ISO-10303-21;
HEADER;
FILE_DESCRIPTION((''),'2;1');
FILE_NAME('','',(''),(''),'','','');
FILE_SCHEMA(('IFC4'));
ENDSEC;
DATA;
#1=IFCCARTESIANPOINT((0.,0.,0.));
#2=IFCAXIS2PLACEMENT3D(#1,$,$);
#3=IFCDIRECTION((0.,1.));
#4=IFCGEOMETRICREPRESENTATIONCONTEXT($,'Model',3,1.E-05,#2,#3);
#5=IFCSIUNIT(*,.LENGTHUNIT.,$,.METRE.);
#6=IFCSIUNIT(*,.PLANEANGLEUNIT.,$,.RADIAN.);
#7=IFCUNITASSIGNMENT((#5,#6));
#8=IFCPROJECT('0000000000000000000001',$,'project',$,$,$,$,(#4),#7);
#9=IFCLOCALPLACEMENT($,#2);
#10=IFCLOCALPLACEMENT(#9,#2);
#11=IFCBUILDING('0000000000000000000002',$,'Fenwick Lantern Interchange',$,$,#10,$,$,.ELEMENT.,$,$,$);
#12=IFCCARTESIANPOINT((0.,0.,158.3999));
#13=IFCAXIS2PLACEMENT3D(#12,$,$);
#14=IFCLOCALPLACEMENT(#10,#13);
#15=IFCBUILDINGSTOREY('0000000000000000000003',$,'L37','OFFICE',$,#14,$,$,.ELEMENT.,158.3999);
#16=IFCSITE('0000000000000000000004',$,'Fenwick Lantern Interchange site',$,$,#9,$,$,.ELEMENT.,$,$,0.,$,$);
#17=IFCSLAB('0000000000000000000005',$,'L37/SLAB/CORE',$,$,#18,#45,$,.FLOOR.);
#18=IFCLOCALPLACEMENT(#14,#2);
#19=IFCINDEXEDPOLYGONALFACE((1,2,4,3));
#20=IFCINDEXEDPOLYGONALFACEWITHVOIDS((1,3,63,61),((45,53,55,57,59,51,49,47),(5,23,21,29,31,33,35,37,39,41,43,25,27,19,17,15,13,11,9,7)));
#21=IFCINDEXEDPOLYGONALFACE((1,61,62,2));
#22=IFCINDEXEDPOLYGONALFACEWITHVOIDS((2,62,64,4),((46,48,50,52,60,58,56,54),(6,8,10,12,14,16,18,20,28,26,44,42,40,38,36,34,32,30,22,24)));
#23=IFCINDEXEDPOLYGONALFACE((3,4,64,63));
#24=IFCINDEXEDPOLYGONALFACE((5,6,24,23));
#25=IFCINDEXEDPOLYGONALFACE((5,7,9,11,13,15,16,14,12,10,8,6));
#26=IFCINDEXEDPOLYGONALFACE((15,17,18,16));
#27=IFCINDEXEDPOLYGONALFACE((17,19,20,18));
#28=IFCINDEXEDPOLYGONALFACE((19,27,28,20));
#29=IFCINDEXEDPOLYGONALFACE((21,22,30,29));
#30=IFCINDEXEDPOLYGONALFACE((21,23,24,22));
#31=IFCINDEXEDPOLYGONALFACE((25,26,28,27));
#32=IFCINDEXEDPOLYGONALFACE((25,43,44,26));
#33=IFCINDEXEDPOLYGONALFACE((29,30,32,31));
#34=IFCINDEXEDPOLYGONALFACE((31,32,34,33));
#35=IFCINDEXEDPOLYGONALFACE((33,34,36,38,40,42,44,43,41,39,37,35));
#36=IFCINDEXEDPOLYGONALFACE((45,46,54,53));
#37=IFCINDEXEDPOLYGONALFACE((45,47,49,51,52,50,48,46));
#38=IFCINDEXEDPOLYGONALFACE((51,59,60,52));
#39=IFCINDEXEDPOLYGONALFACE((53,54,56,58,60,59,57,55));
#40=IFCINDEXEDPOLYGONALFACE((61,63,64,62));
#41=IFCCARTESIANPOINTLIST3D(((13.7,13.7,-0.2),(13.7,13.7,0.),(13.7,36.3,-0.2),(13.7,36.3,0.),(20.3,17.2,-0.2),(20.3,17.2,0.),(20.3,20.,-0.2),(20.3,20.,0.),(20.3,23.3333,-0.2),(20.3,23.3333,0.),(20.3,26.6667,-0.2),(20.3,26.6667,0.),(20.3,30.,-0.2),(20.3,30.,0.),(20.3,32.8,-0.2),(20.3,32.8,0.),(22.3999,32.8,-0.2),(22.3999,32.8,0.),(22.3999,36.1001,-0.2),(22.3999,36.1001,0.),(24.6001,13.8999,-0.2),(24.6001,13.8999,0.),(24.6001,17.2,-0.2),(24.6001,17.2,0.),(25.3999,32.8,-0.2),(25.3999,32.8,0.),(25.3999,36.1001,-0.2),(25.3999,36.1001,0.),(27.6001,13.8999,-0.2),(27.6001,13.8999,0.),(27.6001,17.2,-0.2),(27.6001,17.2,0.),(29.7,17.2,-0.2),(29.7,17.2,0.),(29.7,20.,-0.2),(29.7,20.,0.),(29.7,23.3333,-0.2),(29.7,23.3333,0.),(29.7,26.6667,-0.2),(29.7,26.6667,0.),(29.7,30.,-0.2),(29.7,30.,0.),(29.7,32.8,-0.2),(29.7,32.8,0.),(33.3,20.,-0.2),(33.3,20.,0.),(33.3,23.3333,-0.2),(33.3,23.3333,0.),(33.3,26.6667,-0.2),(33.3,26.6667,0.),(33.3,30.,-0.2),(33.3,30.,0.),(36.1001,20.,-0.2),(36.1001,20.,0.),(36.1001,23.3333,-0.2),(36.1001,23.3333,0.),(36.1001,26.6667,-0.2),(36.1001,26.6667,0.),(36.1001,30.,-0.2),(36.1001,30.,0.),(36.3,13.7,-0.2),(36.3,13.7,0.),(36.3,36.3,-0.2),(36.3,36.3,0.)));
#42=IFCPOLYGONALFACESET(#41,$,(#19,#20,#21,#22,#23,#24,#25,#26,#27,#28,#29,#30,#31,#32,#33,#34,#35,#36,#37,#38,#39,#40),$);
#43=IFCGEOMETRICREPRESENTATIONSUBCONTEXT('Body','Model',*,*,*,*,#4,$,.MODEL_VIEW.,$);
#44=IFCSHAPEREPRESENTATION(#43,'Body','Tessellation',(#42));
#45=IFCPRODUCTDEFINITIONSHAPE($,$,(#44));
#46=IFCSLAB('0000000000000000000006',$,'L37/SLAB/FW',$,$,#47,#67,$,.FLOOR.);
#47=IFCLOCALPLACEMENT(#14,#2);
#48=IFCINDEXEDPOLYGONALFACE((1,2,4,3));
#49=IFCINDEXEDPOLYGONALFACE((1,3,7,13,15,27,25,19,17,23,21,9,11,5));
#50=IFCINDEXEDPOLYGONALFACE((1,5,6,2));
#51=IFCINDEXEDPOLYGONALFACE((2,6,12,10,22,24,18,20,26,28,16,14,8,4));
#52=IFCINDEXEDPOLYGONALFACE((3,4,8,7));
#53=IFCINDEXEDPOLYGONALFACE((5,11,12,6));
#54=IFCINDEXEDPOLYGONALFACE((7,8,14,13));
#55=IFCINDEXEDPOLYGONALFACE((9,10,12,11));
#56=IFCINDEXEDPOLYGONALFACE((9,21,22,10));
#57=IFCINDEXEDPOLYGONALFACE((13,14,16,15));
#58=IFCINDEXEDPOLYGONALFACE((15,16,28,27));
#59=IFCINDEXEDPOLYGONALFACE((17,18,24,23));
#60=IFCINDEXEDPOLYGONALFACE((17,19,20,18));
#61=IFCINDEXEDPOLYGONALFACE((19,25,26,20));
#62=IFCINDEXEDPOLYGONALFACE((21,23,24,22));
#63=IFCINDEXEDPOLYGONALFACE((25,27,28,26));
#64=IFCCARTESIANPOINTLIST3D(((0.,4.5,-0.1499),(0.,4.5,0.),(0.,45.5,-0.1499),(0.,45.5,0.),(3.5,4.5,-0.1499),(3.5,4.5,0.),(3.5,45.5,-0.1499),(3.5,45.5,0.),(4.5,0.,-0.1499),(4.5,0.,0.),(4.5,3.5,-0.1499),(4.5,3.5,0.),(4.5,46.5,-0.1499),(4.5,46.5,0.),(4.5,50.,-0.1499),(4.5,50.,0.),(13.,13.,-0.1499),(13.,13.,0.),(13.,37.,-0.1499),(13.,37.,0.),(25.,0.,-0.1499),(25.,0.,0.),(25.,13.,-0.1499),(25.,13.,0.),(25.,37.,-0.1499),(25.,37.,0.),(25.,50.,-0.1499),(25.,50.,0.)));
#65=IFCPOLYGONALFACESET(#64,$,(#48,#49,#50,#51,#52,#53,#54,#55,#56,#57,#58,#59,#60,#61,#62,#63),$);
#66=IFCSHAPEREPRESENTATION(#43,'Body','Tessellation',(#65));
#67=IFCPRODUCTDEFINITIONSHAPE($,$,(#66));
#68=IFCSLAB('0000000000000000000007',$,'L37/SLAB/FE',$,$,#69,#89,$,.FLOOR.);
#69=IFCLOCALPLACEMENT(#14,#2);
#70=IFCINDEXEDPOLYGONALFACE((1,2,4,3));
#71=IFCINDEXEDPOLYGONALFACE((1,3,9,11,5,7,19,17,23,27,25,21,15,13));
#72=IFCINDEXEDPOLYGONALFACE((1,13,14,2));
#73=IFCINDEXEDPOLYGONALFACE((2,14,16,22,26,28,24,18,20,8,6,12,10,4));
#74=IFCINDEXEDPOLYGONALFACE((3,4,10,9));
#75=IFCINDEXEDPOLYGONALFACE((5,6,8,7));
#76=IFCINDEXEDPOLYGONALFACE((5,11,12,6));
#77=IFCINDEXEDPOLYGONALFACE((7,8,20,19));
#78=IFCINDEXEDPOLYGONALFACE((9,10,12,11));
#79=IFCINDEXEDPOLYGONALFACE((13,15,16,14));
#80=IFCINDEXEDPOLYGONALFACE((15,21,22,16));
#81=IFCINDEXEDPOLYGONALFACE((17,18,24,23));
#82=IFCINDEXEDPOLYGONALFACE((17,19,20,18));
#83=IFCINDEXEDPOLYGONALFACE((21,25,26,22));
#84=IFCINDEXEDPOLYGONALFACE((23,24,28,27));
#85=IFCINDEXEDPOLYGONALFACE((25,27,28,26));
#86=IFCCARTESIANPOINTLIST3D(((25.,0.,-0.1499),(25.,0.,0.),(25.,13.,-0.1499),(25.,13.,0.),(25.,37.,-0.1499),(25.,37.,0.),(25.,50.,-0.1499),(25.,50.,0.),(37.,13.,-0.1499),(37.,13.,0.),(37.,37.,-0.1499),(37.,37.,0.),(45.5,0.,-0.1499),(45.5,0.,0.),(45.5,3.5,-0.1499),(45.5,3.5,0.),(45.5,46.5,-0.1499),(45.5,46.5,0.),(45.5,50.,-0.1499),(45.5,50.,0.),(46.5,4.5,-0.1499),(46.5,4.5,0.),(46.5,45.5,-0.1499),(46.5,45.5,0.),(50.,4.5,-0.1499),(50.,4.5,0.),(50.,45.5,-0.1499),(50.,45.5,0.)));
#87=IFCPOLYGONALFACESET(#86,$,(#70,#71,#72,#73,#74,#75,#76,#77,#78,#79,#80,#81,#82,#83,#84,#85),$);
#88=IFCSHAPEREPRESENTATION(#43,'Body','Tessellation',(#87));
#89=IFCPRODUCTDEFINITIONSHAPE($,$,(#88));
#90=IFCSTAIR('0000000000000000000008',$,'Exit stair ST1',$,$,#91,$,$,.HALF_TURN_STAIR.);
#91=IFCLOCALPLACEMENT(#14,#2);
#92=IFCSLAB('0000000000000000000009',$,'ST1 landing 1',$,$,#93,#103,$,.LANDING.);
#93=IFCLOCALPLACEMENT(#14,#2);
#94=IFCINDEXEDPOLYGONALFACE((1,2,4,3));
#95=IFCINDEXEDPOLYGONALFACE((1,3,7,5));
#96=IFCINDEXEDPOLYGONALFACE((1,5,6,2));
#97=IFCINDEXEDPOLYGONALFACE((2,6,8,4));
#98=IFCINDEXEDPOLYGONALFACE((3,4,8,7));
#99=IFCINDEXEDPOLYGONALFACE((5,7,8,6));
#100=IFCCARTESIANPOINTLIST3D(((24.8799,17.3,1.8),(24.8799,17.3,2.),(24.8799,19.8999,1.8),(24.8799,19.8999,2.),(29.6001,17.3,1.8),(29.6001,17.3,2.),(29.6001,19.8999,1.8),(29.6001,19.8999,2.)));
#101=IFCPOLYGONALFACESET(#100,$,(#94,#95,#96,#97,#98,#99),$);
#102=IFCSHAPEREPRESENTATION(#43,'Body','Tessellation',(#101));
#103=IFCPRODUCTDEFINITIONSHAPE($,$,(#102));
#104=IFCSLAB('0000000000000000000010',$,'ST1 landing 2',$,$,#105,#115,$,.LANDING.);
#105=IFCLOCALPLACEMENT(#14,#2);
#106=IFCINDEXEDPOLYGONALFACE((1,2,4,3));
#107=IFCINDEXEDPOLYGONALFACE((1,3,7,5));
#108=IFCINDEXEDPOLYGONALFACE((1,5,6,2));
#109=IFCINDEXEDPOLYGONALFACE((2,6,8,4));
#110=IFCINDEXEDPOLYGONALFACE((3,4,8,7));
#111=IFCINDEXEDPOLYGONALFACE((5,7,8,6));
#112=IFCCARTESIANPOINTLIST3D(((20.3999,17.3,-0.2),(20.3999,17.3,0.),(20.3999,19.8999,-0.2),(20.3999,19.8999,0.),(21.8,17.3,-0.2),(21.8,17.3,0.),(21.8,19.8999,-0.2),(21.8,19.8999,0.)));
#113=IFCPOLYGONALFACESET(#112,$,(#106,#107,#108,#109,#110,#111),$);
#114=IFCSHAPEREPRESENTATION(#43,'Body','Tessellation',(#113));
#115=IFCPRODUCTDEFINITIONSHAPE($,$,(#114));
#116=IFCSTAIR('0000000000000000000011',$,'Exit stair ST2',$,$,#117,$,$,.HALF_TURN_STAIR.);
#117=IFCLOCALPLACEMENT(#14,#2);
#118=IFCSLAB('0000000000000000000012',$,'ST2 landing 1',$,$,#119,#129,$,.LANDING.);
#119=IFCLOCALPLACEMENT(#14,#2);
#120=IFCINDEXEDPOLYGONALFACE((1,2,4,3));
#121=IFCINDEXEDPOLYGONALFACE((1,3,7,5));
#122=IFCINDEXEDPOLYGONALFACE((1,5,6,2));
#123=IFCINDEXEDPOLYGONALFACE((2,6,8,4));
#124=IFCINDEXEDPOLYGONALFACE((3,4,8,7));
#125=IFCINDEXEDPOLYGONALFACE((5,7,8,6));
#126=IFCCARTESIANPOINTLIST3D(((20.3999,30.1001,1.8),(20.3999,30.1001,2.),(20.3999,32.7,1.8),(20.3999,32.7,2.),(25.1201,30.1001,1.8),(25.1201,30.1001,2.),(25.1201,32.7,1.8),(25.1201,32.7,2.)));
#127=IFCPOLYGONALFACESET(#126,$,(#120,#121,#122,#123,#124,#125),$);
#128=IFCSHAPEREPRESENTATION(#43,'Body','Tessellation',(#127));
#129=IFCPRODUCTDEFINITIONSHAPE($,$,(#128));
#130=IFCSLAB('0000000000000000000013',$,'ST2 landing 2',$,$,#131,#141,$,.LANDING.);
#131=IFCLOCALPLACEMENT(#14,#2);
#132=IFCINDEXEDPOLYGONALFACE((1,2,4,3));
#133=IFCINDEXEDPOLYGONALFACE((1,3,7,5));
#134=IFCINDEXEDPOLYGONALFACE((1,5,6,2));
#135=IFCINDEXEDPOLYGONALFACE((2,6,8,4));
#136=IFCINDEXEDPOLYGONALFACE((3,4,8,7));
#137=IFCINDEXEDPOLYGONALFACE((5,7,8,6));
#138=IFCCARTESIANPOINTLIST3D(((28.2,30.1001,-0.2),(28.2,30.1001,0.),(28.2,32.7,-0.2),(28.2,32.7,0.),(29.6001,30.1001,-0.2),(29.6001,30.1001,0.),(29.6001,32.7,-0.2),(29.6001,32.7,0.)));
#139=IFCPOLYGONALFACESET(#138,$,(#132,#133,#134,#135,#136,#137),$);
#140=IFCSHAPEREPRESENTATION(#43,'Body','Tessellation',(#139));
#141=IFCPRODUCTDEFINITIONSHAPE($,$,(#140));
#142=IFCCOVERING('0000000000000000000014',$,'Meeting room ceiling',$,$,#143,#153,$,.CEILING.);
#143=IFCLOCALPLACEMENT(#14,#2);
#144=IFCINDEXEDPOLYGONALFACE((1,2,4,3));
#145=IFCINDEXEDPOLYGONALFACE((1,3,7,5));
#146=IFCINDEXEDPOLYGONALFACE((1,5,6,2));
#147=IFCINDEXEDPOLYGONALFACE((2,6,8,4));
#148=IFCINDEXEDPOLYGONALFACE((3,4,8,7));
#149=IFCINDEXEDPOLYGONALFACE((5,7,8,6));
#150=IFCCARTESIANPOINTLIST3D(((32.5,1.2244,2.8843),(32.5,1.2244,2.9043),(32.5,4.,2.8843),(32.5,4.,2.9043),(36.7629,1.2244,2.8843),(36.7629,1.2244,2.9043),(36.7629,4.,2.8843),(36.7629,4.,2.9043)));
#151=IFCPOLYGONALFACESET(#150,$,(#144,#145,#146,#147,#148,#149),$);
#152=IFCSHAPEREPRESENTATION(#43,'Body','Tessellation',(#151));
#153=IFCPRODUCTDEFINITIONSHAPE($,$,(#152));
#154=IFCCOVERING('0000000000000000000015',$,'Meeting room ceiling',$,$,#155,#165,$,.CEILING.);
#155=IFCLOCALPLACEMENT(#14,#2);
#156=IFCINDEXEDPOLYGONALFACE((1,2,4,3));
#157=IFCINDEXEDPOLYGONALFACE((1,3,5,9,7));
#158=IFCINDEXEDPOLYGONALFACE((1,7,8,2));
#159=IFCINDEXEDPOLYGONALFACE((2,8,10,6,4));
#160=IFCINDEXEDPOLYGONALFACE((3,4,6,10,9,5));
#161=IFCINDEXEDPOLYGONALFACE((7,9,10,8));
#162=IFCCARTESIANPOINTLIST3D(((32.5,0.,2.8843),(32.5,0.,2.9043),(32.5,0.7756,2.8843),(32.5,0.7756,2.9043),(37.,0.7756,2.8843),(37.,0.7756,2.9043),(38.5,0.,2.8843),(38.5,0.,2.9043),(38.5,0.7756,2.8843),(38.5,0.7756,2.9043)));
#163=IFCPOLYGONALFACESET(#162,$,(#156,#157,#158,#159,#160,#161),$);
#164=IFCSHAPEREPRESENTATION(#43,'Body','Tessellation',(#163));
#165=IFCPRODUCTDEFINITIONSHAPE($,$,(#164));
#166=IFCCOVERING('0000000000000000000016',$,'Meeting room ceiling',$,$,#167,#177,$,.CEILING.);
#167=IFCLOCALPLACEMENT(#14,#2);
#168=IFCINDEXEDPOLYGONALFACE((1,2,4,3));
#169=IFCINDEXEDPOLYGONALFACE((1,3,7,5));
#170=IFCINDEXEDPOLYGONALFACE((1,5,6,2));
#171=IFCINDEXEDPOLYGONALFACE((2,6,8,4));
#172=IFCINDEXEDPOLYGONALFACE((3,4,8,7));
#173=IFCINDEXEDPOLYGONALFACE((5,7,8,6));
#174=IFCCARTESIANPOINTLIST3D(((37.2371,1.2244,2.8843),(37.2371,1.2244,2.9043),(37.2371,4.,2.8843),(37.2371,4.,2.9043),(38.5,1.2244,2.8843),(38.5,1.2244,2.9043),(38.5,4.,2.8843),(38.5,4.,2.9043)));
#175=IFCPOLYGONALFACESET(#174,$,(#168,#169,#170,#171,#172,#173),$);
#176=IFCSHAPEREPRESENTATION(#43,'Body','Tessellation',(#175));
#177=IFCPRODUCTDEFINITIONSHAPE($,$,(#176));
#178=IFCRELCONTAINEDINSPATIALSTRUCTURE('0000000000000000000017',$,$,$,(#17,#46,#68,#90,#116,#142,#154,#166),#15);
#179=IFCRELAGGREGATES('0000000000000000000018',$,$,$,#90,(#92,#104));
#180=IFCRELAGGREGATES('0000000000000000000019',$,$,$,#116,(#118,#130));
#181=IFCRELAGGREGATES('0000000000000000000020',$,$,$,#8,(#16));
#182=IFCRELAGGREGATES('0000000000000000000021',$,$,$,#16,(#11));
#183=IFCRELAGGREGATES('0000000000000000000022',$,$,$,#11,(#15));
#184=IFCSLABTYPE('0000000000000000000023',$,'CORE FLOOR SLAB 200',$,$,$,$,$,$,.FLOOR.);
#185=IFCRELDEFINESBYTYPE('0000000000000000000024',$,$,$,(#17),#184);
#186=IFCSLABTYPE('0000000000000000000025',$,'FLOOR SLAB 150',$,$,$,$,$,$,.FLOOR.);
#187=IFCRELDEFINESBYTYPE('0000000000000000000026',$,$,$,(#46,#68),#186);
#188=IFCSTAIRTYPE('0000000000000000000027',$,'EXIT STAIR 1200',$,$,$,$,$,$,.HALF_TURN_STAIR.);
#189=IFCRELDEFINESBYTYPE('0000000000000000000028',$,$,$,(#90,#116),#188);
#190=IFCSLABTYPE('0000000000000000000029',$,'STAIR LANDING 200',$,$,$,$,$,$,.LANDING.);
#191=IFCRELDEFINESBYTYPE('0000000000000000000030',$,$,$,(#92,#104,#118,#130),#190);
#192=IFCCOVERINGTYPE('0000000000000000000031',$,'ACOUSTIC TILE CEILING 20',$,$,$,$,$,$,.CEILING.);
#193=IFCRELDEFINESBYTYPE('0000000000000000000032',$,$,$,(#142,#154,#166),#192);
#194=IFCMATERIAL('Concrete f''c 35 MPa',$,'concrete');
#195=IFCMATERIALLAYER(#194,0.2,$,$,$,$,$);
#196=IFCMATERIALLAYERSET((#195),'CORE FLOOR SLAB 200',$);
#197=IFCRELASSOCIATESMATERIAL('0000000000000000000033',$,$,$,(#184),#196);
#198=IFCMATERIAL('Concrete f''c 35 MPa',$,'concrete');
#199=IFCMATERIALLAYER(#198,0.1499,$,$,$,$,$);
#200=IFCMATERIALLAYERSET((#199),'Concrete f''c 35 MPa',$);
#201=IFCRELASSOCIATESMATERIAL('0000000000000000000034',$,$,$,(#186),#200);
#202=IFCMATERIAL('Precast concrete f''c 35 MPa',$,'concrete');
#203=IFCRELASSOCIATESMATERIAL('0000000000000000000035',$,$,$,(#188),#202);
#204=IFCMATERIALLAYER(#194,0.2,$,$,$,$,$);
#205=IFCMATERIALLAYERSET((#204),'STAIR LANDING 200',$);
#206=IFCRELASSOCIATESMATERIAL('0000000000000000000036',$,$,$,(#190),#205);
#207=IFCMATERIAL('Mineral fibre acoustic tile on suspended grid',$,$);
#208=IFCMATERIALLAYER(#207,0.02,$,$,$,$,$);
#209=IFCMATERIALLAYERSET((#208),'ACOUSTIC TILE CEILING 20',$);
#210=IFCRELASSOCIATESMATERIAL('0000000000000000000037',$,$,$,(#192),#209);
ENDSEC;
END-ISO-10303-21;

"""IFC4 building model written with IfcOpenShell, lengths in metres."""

from ifc_helpers import new_model, si_unit, direction, frame, origin, place, context, subcontext, project, spatial, polyline, outline, extrude, material, layer, layer_set, type_object, element, aggregate, save


model = new_model("IFC4")

# Units and contexts
model_context = context("Model", 3, precision=1e-05, world=origin(), true_north=direction((0.0, 1.0)))
body_context = subcontext(model_context, "Body", "Model", "MODEL_VIEW")
ifc_project = project(units=[si_unit("LENGTHUNIT", "METRE"), si_unit("PLANEANGLEUNIT", "RADIAN")], contexts=[model_context])

# Site, building, storey
site_placement = place(None, origin())
site = spatial("IfcSite", under=ifc_project, at=site_placement, Name="Fenwick Lantern Interchange site", CompositionType="ELEMENT", RefElevation=0.0)
building_placement = place(site_placement, origin())
building = spatial("IfcBuilding", under=site, at=building_placement, Name="Fenwick Lantern Interchange", CompositionType="ELEMENT")
storey_placement = place(building_placement, frame((0.0, 0.0, 158.3999)))
storey = spatial("IfcBuildingStorey", under=building, at=storey_placement, Name="L37", Description="OFFICE", CompositionType="ELEMENT", Elevation=158.3999)

# Slabs
ifc_material_1 = material(Name="Concrete f'c 35 MPa", Category="concrete")
ifc_layer_1 = layer(ifc_material_1, 0.2)
ifc_layer_set_1 = layer_set([ifc_layer_1], Name="CORE FLOOR SLAB 200")
slab_type_1 = type_object("IfcSlabType", Name="CORE FLOOR SLAB 200", PredefinedType="FLOOR", material=ifc_layer_set_1)
slab_1_placement = place(storey_placement, frame((0.0, 0.0, -0.2)))
element("IfcSlab", 1, at=slab_1_placement, inside=storey, type_object=slab_type_1, Name="L37/SLAB/CORE", PredefinedType="FLOOR", context=body_context, shape_type="SweptSolid", body=[
    extrude(outline(polyline([(13.7, 36.3), (36.3, 36.3), (36.3, 13.7), (13.7, 13.7), (13.7, 36.3)]), holes=[polyline([(29.7, 17.2), (29.7, 20.0), (29.7, 23.3333), (29.7, 26.6667), (29.7, 30.0), (29.7, 32.8), (25.3999, 32.8), (25.3999, 36.1001), (22.3999, 36.1001), (22.3999, 32.8), (20.3, 32.8), (20.3, 30.0), (20.3, 26.6667), (20.3, 23.3333), (20.3, 20.0), (20.3, 17.2), (24.6001, 17.2), (24.6001, 13.8999), (27.6001, 13.8999), (27.6001, 17.2), (29.7, 17.2)]), polyline([(33.3, 23.3333), (33.3, 20.0), (36.1001, 20.0), (36.1001, 23.3333), (36.1001, 26.6667), (36.1001, 30.0), (33.3, 30.0), (33.3, 26.6667), (33.3, 23.3333)])]), origin(), (0.0, 0.0, 1.0), 0.2),
])
ifc_material_2 = material(Name="Concrete f'c 35 MPa", Category="concrete")
ifc_layer_2 = layer(ifc_material_2, 0.1499)
ifc_layer_set_2 = layer_set([ifc_layer_2], Name="Concrete f'c 35 MPa")
slab_type_2 = type_object("IfcSlabType", Name="FLOOR SLAB 150", PredefinedType="FLOOR", material=ifc_layer_set_2)
slab_2_placement = place(storey_placement, frame((0.0, 0.0, -0.1499)))
element("IfcSlab", 2, at=slab_2_placement, inside=storey, type_object=slab_type_2, Name="L37/SLAB/FW", PredefinedType="FLOOR", context=body_context, shape_type="SweptSolid", body=[
    extrude(outline(polyline([(4.5, 0.0), (4.5, 3.5), (3.5, 4.5), (0.0, 4.5), (0.0, 45.5), (3.5, 45.5), (4.5, 46.5), (4.5, 50.0), (25.0, 50.0), (25.0, 37.0), (13.0, 37.0), (13.0, 13.0), (25.0, 13.0), (25.0, 0.0), (4.5, 0.0)])), origin(), (0.0, 0.0, 1.0), 0.1499),
])
slab_3_placement = place(storey_placement, frame((0.0, 0.0, -0.1499)))
element("IfcSlab", 3, at=slab_3_placement, inside=storey, type_object=slab_type_2, Name="L37/SLAB/FE", PredefinedType="FLOOR", context=body_context, shape_type="SweptSolid", body=[
    extrude(outline(polyline([(45.5, 50.0), (45.5, 46.5), (46.5, 45.5), (50.0, 45.5), (50.0, 4.5), (46.5, 4.5), (45.5, 3.5), (45.5, 0.0), (25.0, 0.0), (25.0, 13.0), (37.0, 13.0), (37.0, 37.0), (25.0, 37.0), (25.0, 50.0), (45.5, 50.0)])), origin(), (0.0, 0.0, 1.0), 0.1499),
])

# Stairs, slabs
ifc_material_3 = material(Name="Precast concrete f'c 35 MPa", Category="concrete")
stair_type = type_object("IfcStairType", Name="EXIT STAIR 1200", PredefinedType="HALF_TURN_STAIR", material=ifc_material_3)
stair_1_placement = place(storey_placement, origin())
stair_1 = element("IfcStair", 4, at=stair_1_placement, inside=storey, type_object=stair_type, Name="Exit stair ST1", PredefinedType="HALF_TURN_STAIR")
ifc_layer_3 = layer(ifc_material_1, 0.2)
ifc_layer_set_3 = layer_set([ifc_layer_3], Name="STAIR LANDING 200")
slab_type_3 = type_object("IfcSlabType", Name="STAIR LANDING 200", PredefinedType="LANDING", material=ifc_layer_set_3)
slab_4_placement = place(storey_placement, frame((0.0, 0.0, 1.8)))
slab_4 = element("IfcSlab", 5, at=slab_4_placement, type_object=slab_type_3, Name="ST1 landing 1", PredefinedType="LANDING", context=body_context, shape_type="SweptSolid", body=[
    extrude(outline(polyline([(24.8799, 17.3), (29.6001, 17.3), (29.6001, 19.8999), (24.8799, 19.8999), (24.8799, 17.3)])), origin(), (0.0, 0.0, 1.0), 0.2),
])
slab_5_placement = place(storey_placement, frame((0.0, 0.0, -0.2)))
slab_5 = element("IfcSlab", 6, at=slab_5_placement, type_object=slab_type_3, Name="ST1 landing 2", PredefinedType="LANDING", context=body_context, shape_type="SweptSolid", body=[
    extrude(outline(polyline([(20.3999, 17.3), (21.8, 17.3), (21.8, 19.8999), (20.3999, 19.8999), (20.3999, 17.3)])), origin(), (0.0, 0.0, 1.0), 0.2),
])
aggregate(stair_1, [slab_4, slab_5])
stair_2_placement = place(storey_placement, origin())
stair_2 = element("IfcStair", 7, at=stair_2_placement, inside=storey, type_object=stair_type, Name="Exit stair ST2", PredefinedType="HALF_TURN_STAIR")
slab_6_placement = place(storey_placement, frame((0.0, 0.0, 1.8)))
slab_6 = element("IfcSlab", 8, at=slab_6_placement, type_object=slab_type_3, Name="ST2 landing 1", PredefinedType="LANDING", context=body_context, shape_type="SweptSolid", body=[
    extrude(outline(polyline([(25.1201, 32.7), (20.3999, 32.7), (20.3999, 30.1001), (25.1201, 30.1001), (25.1201, 32.7)])), origin(), (0.0, 0.0, 1.0), 0.2),
])
slab_7_placement = place(storey_placement, frame((0.0, 0.0, -0.2)))
slab_7 = element("IfcSlab", 9, at=slab_7_placement, type_object=slab_type_3, Name="ST2 landing 2", PredefinedType="LANDING", context=body_context, shape_type="SweptSolid", body=[
    extrude(outline(polyline([(29.6001, 32.7), (28.2, 32.7), (28.2, 30.1001), (29.6001, 30.1001), (29.6001, 32.7)])), origin(), (0.0, 0.0, 1.0), 0.2),
])
aggregate(stair_2, [slab_6, slab_7])

# Coverings
ifc_material_4 = material(Name="Mineral fibre acoustic tile on suspended grid")
ifc_layer_4 = layer(ifc_material_4, 0.02)
ifc_layer_set_4 = layer_set([ifc_layer_4], Name="ACOUSTIC TILE CEILING 20")
covering_type_1 = type_object("IfcCoveringType", Name="ACOUSTIC TILE CEILING 20", PredefinedType="CEILING", material=ifc_layer_set_4)
covering_1_placement = place(storey_placement, frame((0.0, 0.0, 2.8843)))
element("IfcCovering", 10, at=covering_1_placement, inside=storey, type_object=covering_type_1, Name="Meeting room ceiling", PredefinedType="CEILING", context=body_context, shape_type="SweptSolid", body=[
    extrude(outline(polyline([(32.5, 4.0), (32.5, 1.2244), (36.7629, 1.2244), (36.7629, 4.0), (32.5, 4.0)])), origin(), (0.0, 0.0, 1.0), 0.02),
])
covering_2_placement = place(storey_placement, frame((0.0, 0.0, 2.8843)))
element("IfcCovering", 11, at=covering_2_placement, inside=storey, type_object=covering_type_1, Name="Meeting room ceiling", PredefinedType="CEILING", context=body_context, shape_type="SweptSolid", body=[
    extrude(outline(polyline([(38.5, 0.0), (38.5, 0.7756), (37.0, 0.7756), (37.0, 0.7756), (32.5, 0.7756), (32.5, 0.0), (38.5, 0.0)])), origin(), (0.0, 0.0, 1.0), 0.02),
])
covering_3_placement = place(storey_placement, frame((0.0, 0.0, 2.8843)))
element("IfcCovering", 12, at=covering_3_placement, inside=storey, type_object=covering_type_1, Name="Meeting room ceiling", PredefinedType="CEILING", context=body_context, shape_type="SweptSolid", body=[
    extrude(outline(polyline([(38.5, 4.0), (37.2371, 4.0), (37.2371, 1.2244), (38.5, 1.2244), (38.5, 4.0)])), origin(), (0.0, 0.0, 1.0), 0.02),
])

save(model, "model.ifc")
